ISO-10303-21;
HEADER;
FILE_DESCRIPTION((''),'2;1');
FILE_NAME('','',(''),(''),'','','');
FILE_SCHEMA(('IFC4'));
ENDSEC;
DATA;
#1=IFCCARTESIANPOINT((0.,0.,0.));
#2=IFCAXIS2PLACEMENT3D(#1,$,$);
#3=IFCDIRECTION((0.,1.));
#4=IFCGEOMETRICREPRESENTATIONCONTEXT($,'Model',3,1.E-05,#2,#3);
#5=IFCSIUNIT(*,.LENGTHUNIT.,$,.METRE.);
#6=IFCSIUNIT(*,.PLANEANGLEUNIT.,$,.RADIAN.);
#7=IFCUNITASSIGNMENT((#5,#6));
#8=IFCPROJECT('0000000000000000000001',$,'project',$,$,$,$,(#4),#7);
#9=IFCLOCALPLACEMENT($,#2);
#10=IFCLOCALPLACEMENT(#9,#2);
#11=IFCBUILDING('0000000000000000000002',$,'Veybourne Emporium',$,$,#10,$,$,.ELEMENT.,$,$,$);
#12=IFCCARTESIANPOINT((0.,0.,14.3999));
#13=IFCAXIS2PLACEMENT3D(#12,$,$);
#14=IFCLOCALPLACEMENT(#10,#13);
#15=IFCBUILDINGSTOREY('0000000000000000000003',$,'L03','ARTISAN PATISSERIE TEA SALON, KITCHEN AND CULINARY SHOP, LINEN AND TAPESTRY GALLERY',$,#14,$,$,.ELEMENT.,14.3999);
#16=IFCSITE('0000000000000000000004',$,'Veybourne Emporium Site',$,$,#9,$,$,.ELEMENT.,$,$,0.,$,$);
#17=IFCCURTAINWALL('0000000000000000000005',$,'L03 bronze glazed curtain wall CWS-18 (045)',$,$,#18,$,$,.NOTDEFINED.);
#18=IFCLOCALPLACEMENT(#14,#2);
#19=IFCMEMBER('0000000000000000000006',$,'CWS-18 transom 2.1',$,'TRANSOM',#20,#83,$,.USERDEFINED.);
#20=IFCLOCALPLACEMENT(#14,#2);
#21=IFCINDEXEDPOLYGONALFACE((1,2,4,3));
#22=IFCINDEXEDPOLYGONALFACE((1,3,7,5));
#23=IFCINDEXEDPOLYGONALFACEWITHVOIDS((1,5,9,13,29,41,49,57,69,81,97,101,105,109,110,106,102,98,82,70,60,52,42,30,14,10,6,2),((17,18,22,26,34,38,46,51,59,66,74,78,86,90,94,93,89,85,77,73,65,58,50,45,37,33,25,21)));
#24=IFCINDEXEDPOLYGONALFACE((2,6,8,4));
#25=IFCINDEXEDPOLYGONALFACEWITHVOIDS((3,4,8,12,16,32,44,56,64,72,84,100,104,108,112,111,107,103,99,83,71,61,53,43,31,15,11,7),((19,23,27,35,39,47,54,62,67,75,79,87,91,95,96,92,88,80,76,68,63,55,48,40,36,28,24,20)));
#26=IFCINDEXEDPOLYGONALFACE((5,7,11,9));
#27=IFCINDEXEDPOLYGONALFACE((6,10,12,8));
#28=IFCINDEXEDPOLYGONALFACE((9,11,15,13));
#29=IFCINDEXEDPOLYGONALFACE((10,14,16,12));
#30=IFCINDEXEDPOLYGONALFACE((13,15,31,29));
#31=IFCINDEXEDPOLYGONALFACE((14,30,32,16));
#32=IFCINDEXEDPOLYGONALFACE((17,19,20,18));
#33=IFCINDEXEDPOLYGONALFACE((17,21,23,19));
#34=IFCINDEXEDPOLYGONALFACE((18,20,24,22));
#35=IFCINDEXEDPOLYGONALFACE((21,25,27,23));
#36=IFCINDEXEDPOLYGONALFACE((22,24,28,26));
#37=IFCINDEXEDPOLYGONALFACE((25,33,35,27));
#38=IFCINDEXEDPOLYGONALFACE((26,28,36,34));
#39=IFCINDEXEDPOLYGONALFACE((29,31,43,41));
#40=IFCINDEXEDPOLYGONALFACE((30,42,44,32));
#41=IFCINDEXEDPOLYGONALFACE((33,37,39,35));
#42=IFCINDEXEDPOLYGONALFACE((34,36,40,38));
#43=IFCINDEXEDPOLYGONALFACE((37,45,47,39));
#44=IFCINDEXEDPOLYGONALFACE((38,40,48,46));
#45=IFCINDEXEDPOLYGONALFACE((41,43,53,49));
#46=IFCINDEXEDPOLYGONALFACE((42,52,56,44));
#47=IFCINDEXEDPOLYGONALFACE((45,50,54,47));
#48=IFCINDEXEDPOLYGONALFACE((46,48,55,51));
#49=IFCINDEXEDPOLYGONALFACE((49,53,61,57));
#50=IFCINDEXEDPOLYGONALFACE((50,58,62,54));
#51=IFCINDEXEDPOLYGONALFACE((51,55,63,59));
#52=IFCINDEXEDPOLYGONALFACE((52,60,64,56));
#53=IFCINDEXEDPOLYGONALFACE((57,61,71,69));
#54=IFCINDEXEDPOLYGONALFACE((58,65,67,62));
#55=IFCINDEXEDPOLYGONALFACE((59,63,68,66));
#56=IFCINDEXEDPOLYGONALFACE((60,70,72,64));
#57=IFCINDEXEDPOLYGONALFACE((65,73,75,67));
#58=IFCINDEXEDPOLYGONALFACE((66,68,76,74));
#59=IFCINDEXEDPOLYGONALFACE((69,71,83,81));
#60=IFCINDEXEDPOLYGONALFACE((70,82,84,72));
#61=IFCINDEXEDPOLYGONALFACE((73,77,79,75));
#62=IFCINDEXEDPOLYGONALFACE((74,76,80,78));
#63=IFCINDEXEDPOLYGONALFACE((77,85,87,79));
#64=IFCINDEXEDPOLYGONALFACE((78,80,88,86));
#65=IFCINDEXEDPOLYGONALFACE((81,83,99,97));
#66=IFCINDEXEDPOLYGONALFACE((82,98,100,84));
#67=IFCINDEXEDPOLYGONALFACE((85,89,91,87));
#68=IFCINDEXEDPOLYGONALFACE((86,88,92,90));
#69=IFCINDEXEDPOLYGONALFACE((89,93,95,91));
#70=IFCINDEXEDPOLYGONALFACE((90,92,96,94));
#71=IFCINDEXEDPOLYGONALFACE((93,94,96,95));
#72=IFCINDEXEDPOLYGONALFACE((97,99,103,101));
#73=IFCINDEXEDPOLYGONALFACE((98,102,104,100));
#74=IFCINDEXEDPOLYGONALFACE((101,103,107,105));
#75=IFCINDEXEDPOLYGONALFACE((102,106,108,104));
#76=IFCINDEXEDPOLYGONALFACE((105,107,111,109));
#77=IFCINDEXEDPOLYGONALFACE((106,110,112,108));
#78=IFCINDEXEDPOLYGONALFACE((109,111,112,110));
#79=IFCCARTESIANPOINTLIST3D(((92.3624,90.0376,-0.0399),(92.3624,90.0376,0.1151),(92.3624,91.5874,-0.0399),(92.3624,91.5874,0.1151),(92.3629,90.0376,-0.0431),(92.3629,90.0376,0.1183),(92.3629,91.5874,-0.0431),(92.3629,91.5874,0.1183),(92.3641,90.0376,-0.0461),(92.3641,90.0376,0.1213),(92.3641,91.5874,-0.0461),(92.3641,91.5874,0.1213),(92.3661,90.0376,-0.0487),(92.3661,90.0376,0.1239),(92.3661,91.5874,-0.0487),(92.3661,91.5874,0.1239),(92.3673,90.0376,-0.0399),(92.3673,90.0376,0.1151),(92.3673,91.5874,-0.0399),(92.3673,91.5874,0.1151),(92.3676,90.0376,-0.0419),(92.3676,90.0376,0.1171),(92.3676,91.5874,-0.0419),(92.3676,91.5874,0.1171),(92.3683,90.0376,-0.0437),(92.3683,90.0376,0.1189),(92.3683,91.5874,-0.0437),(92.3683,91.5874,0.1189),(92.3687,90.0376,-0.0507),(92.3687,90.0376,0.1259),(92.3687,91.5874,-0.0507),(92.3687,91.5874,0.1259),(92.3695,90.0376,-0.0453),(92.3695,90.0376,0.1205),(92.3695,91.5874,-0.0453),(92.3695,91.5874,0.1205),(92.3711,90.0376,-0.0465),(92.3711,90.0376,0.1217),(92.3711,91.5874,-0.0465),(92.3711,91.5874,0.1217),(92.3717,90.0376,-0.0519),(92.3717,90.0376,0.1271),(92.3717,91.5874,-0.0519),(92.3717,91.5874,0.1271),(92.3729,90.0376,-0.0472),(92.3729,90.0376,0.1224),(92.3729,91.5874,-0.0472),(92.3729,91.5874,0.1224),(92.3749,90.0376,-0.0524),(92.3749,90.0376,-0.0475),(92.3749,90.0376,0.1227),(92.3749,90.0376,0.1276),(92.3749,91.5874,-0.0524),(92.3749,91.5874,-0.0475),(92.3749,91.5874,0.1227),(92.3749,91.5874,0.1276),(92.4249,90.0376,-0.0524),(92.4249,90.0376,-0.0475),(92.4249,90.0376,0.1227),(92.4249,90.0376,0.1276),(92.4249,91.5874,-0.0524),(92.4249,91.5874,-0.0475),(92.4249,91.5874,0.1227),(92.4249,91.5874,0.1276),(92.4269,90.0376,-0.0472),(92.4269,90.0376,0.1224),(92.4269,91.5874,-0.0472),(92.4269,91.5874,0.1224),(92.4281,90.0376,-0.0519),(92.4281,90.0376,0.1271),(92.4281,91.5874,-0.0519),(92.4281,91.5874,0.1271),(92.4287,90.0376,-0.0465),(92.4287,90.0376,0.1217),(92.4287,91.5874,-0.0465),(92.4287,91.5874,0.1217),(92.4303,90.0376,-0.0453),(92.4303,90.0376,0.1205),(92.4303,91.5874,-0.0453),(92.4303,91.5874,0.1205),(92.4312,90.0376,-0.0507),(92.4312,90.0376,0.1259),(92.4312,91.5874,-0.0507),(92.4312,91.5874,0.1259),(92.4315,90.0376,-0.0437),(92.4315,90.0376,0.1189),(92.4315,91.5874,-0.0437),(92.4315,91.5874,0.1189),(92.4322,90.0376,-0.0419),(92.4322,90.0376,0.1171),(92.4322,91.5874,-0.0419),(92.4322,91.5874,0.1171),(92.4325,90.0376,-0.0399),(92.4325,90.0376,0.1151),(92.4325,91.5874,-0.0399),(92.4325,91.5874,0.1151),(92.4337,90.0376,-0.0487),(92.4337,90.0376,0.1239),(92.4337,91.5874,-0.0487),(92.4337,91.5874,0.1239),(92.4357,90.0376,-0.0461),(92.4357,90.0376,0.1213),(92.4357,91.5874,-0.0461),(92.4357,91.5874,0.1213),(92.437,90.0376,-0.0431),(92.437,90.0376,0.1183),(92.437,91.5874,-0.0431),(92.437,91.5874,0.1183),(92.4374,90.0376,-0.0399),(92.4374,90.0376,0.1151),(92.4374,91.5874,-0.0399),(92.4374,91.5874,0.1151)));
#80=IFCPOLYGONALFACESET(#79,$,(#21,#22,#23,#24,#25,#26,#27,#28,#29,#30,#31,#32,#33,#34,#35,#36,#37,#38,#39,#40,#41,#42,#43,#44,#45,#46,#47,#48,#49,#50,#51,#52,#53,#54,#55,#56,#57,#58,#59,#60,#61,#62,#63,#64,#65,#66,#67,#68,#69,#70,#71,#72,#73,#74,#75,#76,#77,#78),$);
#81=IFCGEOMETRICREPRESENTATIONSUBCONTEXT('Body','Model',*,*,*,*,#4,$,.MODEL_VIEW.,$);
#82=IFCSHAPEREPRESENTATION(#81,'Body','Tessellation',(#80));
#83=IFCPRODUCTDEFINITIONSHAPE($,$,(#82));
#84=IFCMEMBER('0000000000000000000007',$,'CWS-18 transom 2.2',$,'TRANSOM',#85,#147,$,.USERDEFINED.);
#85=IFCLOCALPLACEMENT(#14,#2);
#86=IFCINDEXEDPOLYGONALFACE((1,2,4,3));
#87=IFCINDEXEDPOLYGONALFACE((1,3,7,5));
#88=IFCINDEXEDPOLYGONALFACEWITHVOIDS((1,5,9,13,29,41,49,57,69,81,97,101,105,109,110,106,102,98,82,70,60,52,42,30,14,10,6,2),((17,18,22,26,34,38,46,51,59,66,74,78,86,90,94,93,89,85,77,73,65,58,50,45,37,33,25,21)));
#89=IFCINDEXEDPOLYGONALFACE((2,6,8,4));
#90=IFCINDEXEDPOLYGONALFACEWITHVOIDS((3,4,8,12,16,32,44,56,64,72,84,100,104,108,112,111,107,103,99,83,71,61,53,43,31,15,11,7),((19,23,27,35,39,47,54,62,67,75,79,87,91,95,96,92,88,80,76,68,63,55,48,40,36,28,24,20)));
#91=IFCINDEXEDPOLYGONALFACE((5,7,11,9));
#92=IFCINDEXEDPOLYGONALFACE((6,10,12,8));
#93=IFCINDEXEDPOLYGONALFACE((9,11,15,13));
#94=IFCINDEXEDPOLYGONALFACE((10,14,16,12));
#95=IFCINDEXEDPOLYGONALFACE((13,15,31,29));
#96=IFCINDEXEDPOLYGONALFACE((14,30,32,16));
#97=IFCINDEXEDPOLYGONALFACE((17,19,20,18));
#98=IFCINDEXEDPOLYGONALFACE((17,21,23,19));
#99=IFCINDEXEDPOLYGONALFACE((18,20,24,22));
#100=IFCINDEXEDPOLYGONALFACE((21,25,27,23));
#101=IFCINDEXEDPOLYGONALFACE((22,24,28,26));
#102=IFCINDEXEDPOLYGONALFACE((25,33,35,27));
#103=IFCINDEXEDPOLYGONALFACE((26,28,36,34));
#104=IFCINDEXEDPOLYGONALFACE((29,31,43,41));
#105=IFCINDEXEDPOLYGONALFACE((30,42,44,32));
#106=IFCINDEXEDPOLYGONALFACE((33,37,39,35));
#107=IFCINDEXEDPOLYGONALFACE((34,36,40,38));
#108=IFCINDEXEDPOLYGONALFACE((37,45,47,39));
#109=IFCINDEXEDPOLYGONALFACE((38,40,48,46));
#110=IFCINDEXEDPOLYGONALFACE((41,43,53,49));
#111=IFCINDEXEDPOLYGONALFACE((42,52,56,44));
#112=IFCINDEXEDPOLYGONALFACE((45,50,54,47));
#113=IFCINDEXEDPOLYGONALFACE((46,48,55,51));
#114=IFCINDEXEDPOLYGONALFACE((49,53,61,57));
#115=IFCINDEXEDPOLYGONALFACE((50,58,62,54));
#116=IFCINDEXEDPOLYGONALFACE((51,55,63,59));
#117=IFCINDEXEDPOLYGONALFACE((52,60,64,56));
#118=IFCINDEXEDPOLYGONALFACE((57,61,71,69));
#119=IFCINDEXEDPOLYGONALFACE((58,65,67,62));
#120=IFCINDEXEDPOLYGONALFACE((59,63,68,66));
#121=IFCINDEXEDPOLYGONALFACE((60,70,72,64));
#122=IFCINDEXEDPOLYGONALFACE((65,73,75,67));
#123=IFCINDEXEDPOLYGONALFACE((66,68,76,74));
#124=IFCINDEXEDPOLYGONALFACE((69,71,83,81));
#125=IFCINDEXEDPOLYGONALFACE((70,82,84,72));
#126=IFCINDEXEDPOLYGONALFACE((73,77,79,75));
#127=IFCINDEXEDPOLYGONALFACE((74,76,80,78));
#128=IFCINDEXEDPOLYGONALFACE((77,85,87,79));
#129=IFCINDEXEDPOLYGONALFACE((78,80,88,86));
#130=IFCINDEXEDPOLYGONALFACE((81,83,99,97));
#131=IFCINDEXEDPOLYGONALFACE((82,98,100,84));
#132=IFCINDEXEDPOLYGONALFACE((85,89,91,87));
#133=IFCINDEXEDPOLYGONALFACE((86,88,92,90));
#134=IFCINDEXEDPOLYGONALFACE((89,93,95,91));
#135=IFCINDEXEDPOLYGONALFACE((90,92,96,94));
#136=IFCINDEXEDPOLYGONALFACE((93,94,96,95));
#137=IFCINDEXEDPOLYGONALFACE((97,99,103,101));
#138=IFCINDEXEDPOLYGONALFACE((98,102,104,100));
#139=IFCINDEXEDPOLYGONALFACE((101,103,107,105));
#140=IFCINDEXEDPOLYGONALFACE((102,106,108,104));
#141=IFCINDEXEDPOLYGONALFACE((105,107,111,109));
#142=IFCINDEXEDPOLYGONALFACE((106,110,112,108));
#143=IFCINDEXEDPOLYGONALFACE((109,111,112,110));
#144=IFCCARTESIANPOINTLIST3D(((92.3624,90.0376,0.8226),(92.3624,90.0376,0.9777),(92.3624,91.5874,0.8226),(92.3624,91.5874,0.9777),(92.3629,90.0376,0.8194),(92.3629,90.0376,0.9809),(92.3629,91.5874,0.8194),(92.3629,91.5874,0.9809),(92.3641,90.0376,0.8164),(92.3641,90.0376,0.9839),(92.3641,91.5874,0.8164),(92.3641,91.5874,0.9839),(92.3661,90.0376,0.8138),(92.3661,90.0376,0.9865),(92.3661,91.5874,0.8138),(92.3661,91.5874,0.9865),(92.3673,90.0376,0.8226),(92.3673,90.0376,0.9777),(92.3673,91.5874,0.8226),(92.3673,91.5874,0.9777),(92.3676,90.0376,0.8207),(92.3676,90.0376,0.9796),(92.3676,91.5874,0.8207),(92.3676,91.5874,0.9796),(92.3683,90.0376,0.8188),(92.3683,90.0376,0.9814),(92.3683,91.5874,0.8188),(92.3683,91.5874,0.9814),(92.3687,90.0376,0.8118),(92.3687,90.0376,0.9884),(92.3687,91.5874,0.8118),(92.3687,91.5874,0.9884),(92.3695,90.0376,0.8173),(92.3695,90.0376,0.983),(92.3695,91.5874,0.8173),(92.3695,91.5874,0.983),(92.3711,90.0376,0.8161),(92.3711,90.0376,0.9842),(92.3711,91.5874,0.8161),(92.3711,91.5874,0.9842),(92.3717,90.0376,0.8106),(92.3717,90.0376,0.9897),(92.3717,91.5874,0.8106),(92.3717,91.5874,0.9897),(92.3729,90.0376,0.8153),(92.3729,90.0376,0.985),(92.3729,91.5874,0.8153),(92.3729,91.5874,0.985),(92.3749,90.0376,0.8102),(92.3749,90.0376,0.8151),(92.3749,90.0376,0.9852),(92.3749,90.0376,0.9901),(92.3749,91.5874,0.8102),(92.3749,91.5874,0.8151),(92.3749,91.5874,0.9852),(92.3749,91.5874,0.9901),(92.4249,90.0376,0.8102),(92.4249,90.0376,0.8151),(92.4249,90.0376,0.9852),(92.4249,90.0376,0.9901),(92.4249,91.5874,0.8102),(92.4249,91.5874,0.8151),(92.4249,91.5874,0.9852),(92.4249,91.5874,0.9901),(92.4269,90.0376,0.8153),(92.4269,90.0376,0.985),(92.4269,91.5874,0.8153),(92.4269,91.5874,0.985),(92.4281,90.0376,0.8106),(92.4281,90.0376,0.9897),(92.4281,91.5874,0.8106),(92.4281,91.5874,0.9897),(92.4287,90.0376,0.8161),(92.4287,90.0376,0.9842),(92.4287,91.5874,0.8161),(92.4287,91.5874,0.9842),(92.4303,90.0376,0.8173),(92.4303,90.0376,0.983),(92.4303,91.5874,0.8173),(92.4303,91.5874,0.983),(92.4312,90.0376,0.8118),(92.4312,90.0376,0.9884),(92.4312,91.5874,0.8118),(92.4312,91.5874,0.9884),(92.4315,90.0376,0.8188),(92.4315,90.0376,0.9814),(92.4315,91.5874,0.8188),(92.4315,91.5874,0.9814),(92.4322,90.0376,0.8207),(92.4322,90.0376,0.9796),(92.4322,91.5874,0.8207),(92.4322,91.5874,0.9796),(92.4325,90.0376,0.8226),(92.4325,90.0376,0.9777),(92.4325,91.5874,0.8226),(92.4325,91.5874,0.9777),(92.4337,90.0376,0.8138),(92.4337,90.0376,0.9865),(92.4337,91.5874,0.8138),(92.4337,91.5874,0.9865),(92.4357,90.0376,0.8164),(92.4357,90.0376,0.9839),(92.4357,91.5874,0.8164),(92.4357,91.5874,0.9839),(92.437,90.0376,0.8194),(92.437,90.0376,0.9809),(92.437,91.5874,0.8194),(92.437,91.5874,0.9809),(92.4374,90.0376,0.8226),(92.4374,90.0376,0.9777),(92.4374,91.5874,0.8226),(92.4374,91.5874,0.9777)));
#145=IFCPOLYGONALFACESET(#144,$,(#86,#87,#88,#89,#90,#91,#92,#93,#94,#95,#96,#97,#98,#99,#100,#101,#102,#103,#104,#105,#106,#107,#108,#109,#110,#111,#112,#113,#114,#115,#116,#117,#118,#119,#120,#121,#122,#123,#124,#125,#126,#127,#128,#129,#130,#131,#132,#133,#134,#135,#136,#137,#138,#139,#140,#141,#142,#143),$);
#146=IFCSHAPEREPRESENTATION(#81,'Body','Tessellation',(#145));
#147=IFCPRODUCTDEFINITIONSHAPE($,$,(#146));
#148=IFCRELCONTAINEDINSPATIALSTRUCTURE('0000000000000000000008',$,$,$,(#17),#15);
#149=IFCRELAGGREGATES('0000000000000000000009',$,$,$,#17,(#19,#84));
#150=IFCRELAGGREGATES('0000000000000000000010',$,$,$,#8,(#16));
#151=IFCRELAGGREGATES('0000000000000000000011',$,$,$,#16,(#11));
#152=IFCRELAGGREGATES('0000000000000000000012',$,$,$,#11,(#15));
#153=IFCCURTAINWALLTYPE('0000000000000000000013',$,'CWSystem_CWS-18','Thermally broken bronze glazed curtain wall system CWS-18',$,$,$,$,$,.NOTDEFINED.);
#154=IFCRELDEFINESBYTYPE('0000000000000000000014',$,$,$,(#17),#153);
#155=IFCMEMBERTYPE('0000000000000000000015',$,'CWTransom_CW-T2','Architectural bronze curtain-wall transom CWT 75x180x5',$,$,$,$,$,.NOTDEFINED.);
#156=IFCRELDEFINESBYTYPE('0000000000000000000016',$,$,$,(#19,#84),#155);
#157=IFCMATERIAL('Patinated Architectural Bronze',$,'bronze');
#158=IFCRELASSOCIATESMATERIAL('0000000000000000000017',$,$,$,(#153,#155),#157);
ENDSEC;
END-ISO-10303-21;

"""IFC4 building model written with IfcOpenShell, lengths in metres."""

from ifc_helpers import new_model, si_unit, direction, frame, origin, origin_2d, place, context, subcontext, project, spatial, hollow_rectangle, extrude, material, material_profile, profile_set, type_object, element, aggregate, save


model = new_model("IFC4")

# Units and contexts
model_context = context("Model", 3, precision=1e-05, world=origin(), true_north=direction((0.0, 1.0)))
body_context = subcontext(model_context, "Body", "Model", "MODEL_VIEW")
ifc_project = project(units=[si_unit("LENGTHUNIT", "METRE"), si_unit("PLANEANGLEUNIT", "RADIAN")], contexts=[model_context])

# Site, building, storey
site_placement = place(None, origin())
site = spatial("IfcSite", under=ifc_project, at=site_placement, Name="Veybourne Emporium Site", CompositionType="ELEMENT", RefElevation=0.0)
building_placement = place(site_placement, origin())
building = spatial("IfcBuilding", under=site, at=building_placement, Name="Veybourne Emporium", CompositionType="ELEMENT")
storey_placement = place(building_placement, frame((0.0, 0.0, 14.3999)))
storey = spatial("IfcBuildingStorey", under=building, at=storey_placement, Name="L03", Description="ARTISAN PATISSERIE TEA SALON, KITCHEN AND CULINARY SHOP, LINEN AND TAPESTRY GALLERY", CompositionType="ELEMENT", Elevation=14.3999)

# Curtain wall, members
ifc_material_1 = material(Name="Patinated Architectural Bronze", Category="bronze")
curtain_wall_type = type_object("IfcCurtainWallType", Name="CWSystem_CWS-18", Description="Thermally broken bronze glazed curtain wall system CWS-18", PredefinedType="NOTDEFINED", material=ifc_material_1)
curtain_wall_placement = place(storey_placement, origin())
curtain_wall = element("IfcCurtainWall", 1, at=curtain_wall_placement, inside=storey, type_object=curtain_wall_type, Name="L03 bronze glazed curtain wall CWS-18 (045)", PredefinedType="NOTDEFINED")
ifc_material_profile_1 = material_profile(ifc_material_1, hollow_rectangle(XDim=0.075, YDim=0.1799, WallThickness=0.0049, InnerFilletRadius=0.0076, OuterFilletRadius=0.0125, at=origin_2d()), Name="CWT 75x180x5")
ifc_profile_set_1 = profile_set([ifc_material_profile_1], Name="Patinated Architectural Bronze")
member_type_1 = type_object("IfcMemberType", Name="CWTransom_CW-T2", Description="Architectural bronze curtain-wall transom CWT 75x180x5", PredefinedType="NOTDEFINED", material=ifc_profile_set_1)
member_1_placement = place(storey_placement, frame((92.3999, 91.5874, 0.0376), z_axis=(0.0, -1.0, 0.0), x_axis=(1.0, 0.0, 0.0)))
member_1 = element("IfcMember", 2, at=member_1_placement, type_object=member_type_1, Name="CWS-18 transom 2.1", ObjectType="TRANSOM", PredefinedType="USERDEFINED", context=body_context, shape_type="SweptSolid", body=[
    extrude(hollow_rectangle(XDim=0.075, YDim=0.1799, WallThickness=0.0049, InnerFilletRadius=0.0076, OuterFilletRadius=0.0125, at=origin_2d()), origin(), (0.0, 0.0, 1.0), 1.5498),
])
member_2_placement = place(storey_placement, frame((92.3999, 91.5874, 0.9001), z_axis=(0.0, -1.0, 0.0), x_axis=(1.0, 0.0, 0.0)))
member_2 = element("IfcMember", 3, at=member_2_placement, type_object=member_type_1, Name="CWS-18 transom 2.2", ObjectType="TRANSOM", PredefinedType="USERDEFINED", context=body_context, shape_type="SweptSolid", body=[
    extrude(hollow_rectangle(XDim=0.075, YDim=0.1799, WallThickness=0.0049, InnerFilletRadius=0.0076, OuterFilletRadius=0.0125, at=origin_2d()), origin(), (0.0, 0.0, 1.0), 1.5498),
])

aggregate(curtain_wall, [member_1, member_2])

save(model, "model.ifc")
